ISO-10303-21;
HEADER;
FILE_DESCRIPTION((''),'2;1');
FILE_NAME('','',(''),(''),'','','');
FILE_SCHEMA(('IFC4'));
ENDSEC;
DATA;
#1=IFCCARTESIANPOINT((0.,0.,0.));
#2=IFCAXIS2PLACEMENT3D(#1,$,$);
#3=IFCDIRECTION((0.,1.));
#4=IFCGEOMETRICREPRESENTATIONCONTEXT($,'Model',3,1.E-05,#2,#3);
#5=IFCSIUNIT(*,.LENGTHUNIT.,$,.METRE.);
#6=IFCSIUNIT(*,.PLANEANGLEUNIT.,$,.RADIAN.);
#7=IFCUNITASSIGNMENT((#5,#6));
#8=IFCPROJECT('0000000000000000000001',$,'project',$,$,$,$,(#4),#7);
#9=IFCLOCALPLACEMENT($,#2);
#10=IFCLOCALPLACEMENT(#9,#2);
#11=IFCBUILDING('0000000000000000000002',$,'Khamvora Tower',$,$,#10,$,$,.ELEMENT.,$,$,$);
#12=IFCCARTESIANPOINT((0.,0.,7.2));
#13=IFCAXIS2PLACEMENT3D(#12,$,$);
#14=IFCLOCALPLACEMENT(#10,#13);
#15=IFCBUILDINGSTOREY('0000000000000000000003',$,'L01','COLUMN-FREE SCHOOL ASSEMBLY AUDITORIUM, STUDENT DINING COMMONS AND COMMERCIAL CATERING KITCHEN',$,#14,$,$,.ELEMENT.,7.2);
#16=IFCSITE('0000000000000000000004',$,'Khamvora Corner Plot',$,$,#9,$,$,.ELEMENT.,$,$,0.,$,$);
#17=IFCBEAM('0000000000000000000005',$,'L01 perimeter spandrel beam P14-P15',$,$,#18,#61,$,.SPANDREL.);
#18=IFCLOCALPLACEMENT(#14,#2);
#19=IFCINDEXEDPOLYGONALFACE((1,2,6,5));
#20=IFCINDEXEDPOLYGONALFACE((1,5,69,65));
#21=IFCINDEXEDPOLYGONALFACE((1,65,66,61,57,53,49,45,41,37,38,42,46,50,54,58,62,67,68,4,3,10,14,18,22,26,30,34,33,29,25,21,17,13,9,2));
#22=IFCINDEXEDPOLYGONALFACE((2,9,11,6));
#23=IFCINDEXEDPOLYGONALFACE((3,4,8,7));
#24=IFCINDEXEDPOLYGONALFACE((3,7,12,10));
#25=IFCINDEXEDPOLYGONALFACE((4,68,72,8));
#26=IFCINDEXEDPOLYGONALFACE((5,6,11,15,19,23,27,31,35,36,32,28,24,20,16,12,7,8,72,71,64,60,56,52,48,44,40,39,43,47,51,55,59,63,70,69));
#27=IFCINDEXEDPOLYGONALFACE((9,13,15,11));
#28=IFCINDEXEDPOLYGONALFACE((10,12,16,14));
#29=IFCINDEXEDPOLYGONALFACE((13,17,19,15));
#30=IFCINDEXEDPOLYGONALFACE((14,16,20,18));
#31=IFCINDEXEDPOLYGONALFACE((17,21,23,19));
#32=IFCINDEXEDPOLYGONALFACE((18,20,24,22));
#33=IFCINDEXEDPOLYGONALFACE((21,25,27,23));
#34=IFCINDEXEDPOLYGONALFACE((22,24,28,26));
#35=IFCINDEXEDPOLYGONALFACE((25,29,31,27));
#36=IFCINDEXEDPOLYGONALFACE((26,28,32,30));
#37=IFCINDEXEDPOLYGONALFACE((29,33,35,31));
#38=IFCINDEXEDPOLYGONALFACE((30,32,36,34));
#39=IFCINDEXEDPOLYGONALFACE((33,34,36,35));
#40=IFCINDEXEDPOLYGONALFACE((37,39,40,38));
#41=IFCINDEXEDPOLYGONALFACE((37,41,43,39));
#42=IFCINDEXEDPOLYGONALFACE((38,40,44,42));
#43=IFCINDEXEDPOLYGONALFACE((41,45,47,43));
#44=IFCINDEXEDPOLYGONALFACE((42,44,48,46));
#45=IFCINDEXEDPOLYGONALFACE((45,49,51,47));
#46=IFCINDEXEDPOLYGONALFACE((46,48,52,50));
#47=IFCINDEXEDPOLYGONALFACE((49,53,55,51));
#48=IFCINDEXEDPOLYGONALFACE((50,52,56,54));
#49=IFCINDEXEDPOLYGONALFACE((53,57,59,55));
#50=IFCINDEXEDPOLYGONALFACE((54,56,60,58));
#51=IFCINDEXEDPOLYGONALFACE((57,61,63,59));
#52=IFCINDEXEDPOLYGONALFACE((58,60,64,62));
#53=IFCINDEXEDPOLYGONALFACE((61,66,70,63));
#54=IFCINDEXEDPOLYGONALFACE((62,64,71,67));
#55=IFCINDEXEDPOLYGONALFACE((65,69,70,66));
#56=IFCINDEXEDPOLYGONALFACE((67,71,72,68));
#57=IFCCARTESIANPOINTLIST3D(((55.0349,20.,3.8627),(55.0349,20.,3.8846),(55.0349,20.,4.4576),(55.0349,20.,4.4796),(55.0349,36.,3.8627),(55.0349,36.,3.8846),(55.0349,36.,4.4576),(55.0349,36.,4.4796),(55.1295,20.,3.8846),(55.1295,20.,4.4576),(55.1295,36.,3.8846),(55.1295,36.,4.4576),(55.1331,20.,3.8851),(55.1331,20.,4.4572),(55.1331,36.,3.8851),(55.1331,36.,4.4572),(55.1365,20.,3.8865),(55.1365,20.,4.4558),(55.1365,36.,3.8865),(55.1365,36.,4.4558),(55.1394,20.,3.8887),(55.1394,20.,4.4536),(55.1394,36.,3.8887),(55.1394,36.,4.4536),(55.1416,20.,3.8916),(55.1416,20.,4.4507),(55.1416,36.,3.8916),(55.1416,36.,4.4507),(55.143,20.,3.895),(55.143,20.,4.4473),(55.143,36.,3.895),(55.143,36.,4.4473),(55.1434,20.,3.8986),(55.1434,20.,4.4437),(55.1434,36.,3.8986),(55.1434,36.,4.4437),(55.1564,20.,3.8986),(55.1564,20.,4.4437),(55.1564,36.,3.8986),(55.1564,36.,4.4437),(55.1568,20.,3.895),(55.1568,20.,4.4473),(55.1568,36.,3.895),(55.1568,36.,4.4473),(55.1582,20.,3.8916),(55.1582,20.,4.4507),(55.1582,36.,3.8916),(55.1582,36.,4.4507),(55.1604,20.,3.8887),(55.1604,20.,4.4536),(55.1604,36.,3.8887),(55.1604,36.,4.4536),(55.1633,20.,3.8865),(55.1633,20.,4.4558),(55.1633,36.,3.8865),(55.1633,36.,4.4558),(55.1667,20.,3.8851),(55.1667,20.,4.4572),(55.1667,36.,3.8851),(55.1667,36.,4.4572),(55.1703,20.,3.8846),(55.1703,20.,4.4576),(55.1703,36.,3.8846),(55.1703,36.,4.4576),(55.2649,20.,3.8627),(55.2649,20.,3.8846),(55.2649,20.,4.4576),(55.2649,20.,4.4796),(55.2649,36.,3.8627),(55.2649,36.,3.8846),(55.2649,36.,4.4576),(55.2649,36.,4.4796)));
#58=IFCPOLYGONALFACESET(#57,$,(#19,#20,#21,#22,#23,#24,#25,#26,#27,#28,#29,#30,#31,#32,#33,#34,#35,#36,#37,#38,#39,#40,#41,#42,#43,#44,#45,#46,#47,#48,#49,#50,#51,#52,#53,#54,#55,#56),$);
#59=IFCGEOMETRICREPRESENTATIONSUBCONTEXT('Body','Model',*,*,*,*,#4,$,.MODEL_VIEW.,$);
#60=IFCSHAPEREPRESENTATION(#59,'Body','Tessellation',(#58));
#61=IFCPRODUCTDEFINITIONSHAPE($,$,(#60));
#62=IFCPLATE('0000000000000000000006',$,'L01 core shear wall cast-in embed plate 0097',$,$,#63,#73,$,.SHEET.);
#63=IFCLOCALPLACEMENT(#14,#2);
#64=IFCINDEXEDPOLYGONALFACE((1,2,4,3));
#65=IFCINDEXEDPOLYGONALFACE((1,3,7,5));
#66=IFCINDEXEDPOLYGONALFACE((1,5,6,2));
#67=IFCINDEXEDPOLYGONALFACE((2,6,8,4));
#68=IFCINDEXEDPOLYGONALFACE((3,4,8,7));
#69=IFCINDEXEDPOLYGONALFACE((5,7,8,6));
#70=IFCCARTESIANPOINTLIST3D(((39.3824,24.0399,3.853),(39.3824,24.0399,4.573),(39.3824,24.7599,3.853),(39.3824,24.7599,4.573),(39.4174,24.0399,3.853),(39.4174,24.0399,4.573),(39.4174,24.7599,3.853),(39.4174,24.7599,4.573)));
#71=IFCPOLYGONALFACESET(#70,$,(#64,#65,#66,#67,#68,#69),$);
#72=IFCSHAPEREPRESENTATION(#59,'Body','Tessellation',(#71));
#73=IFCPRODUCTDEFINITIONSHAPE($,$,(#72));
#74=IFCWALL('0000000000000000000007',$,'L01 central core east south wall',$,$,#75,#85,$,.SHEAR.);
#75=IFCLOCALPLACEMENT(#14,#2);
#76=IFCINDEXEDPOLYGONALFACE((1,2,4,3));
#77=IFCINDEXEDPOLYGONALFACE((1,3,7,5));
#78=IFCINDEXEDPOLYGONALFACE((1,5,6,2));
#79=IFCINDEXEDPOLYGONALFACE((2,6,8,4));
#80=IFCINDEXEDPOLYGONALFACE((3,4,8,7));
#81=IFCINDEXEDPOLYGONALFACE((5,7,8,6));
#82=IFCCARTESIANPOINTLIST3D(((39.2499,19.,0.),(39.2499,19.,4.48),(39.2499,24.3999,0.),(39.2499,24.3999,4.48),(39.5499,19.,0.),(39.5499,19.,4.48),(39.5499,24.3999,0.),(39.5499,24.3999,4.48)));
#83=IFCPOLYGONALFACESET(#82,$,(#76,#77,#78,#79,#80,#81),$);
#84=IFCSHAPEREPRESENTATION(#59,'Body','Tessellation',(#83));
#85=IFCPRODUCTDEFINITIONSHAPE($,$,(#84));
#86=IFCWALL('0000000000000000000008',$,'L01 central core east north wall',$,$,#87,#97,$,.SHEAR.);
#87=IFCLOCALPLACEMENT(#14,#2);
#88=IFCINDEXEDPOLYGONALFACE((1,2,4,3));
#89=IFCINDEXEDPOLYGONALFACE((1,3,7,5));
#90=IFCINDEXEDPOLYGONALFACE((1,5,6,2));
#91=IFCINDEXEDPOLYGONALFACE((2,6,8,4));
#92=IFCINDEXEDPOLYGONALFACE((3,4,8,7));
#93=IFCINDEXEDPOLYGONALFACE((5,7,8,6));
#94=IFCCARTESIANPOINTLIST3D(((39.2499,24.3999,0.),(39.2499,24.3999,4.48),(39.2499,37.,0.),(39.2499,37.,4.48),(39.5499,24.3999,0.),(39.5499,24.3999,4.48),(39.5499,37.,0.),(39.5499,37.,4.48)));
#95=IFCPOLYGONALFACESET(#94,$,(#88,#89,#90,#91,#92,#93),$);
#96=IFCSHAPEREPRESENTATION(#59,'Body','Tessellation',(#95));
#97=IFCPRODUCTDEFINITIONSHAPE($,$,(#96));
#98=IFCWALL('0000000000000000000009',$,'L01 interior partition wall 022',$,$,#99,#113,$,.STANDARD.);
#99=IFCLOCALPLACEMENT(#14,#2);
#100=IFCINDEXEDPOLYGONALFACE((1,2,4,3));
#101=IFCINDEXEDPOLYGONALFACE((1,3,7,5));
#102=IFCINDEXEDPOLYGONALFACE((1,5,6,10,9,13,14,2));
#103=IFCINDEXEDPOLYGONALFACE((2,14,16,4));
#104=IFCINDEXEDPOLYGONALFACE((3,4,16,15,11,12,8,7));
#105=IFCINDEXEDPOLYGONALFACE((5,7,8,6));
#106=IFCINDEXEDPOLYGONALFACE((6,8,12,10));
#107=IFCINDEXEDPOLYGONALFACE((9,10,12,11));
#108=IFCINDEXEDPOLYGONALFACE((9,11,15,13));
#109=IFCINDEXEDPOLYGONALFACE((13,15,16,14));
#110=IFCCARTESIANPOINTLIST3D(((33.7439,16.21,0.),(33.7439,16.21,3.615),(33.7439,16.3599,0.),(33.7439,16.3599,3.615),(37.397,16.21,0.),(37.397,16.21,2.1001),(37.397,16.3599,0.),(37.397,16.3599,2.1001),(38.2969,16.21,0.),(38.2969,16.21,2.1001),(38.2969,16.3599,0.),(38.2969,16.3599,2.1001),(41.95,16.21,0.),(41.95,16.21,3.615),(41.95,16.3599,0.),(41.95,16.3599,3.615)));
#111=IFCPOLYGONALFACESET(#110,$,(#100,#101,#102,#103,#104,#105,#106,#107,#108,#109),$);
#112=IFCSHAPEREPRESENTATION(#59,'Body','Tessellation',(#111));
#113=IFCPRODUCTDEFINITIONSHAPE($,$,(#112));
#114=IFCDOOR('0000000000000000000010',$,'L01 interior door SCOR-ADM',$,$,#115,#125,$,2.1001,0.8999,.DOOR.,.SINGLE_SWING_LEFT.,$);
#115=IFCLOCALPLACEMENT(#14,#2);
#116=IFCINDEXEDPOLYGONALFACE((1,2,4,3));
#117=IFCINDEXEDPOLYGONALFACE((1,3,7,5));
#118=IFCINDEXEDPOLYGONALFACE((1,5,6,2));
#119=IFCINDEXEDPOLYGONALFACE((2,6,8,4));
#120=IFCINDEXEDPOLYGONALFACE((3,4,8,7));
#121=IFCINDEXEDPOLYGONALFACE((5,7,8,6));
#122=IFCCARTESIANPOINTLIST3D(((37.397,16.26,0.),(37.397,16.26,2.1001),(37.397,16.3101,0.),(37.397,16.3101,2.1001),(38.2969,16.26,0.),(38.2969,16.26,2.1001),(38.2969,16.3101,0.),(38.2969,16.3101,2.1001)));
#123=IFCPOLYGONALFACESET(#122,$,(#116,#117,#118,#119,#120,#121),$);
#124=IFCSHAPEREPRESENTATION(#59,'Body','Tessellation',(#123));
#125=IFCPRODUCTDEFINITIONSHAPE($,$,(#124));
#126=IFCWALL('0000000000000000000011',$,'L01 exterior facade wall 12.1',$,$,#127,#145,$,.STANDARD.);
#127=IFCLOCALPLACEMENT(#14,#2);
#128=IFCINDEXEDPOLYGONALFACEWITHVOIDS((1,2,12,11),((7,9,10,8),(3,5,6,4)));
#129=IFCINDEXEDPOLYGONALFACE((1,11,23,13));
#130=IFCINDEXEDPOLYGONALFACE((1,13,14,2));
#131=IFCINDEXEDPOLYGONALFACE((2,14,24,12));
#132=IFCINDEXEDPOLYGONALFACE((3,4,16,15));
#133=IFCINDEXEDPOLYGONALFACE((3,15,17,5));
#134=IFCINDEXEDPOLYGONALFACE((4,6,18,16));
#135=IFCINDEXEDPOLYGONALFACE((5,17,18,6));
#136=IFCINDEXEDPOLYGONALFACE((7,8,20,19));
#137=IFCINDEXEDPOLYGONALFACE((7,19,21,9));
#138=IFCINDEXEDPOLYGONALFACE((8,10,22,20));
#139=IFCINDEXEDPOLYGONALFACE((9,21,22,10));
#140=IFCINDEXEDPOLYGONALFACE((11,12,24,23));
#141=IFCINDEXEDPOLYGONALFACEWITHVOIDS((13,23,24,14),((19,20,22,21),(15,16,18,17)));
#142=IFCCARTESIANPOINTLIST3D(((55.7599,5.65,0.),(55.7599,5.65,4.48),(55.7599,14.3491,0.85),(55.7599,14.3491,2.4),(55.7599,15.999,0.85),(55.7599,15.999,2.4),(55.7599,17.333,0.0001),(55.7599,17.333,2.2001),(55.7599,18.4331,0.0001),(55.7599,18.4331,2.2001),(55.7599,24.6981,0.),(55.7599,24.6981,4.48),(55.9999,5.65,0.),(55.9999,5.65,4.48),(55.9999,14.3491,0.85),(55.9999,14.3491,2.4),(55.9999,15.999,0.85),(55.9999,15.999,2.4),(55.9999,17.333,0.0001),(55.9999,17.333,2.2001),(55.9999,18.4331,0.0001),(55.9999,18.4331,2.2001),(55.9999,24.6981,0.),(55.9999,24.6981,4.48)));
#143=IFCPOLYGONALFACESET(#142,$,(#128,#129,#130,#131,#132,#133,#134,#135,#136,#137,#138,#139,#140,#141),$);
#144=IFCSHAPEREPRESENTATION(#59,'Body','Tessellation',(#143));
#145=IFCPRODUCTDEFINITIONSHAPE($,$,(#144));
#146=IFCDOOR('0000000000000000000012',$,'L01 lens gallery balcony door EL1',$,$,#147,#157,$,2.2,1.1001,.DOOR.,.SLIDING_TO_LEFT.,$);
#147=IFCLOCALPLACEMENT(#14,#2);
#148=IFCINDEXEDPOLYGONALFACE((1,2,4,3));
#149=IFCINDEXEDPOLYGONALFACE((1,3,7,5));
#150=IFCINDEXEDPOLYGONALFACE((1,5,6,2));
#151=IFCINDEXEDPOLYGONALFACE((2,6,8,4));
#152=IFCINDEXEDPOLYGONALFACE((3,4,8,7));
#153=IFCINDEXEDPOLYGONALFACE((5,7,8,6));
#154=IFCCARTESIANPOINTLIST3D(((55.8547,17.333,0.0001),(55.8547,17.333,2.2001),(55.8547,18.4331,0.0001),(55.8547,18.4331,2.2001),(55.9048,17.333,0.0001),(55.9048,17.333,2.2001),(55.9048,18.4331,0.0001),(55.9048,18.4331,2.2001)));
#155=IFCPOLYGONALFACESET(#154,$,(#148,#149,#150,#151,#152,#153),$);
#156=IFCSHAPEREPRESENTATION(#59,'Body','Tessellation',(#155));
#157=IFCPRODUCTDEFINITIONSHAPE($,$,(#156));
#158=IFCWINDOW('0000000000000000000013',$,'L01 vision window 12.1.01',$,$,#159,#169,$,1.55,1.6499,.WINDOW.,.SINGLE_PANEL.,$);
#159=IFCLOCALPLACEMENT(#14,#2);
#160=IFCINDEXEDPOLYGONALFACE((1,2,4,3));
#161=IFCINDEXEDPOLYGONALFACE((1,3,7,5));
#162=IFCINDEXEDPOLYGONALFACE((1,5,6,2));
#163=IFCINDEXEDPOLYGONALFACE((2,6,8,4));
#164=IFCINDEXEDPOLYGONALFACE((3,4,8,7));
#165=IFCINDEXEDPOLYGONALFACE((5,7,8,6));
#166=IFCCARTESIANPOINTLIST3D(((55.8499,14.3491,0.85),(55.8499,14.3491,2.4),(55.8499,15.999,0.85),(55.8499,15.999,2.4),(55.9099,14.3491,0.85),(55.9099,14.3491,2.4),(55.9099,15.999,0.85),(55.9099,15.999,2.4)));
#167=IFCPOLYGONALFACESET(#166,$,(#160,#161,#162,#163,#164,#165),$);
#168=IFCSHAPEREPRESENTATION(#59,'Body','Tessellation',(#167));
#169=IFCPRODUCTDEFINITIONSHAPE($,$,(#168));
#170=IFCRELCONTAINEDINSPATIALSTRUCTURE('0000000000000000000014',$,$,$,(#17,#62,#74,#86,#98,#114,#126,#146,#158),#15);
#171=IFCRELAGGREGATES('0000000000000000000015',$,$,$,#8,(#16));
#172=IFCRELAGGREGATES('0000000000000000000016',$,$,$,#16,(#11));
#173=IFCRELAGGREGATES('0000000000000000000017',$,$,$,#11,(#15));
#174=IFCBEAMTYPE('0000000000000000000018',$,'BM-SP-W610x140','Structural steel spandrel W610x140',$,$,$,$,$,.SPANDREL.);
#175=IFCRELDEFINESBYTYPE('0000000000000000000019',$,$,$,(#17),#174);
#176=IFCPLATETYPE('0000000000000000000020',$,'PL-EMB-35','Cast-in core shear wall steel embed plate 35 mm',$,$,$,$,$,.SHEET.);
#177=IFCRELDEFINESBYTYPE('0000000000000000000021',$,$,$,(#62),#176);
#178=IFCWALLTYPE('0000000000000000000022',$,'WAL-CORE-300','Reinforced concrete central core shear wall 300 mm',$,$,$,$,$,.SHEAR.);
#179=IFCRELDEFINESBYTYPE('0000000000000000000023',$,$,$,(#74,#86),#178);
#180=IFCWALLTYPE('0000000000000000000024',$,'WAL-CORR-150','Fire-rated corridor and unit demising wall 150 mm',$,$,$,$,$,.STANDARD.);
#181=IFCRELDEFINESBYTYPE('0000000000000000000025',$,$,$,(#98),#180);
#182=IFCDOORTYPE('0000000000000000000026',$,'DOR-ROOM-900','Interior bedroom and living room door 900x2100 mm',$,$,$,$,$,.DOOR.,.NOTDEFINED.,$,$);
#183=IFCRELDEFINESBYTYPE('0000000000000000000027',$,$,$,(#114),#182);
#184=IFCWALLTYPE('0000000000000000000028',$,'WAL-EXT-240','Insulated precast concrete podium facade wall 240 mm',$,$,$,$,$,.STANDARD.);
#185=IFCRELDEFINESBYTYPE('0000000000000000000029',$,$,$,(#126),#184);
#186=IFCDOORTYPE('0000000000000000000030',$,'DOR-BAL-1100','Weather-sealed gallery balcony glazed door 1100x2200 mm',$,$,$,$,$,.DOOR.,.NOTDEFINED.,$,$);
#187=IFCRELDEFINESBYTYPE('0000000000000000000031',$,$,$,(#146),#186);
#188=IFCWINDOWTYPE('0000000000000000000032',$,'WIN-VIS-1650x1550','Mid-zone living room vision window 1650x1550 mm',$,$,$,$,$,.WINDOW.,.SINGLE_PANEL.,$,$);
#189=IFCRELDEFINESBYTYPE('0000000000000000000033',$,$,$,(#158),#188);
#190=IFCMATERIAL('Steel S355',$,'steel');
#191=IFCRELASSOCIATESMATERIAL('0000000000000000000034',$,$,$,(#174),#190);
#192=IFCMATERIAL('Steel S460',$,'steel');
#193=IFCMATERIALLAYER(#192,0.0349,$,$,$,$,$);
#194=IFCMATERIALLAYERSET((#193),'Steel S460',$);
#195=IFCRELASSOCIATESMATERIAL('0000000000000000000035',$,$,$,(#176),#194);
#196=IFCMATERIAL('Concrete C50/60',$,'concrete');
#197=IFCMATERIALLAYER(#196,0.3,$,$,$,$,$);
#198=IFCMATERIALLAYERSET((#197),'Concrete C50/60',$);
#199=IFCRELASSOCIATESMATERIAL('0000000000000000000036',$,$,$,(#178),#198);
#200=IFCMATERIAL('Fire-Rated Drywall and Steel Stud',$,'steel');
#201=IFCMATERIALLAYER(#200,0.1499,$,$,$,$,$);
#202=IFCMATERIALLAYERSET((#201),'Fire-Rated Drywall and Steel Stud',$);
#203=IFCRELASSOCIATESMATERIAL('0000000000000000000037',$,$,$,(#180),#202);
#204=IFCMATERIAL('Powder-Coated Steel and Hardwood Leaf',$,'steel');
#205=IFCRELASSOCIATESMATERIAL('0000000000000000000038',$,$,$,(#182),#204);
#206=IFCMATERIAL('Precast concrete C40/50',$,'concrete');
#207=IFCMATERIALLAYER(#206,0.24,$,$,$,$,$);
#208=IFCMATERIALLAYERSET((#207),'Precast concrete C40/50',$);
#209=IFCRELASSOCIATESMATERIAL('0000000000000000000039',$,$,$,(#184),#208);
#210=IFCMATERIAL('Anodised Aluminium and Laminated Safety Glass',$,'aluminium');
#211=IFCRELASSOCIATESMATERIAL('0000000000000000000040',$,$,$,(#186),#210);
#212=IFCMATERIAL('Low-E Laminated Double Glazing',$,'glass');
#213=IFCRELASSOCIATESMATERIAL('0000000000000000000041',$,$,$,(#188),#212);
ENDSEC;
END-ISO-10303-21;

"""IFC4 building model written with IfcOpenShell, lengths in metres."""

from ifc_helpers import new_model, si_unit, direction, frame, frame_2d, origin, origin_2d, place, context, subcontext, project, spatial, rectangle, i_section, extrude, material, layer, layer_set, material_profile, profile_set, type_object, element, fill, save


model = new_model("IFC4")

# Units and contexts
model_context = context("Model", 3, precision=1e-05, world=origin(), true_north=direction((0.0, 1.0)))
body_context = subcontext(model_context, "Body", "Model", "MODEL_VIEW")
ifc_project = project(units=[si_unit("LENGTHUNIT", "METRE"), si_unit("PLANEANGLEUNIT", "RADIAN")], contexts=[model_context])

# Site, building, storey
site_placement = place(None, origin())
site = spatial("IfcSite", under=ifc_project, at=site_placement, Name="Khamvora Corner Plot", CompositionType="ELEMENT", RefElevation=0.0)
building_placement = place(site_placement, origin())
building = spatial("IfcBuilding", under=site, at=building_placement, Name="Khamvora Tower", CompositionType="ELEMENT")
storey_placement = place(building_placement, frame((0.0, 0.0, 7.2)))
storey = spatial("IfcBuildingStorey", under=building, at=storey_placement, Name="L01", Description="COLUMN-FREE SCHOOL ASSEMBLY AUDITORIUM, STUDENT DINING COMMONS AND COMMERCIAL CATERING KITCHEN", CompositionType="ELEMENT", Elevation=7.2)

# Shared definitions
ifc_material_1 = material(Name="Steel S460", Category="steel")

# Beam
ifc_material_2 = material(Name="Steel S355", Category="steel")
ifc_material_profile_1 = material_profile(ifc_material_2, i_section(OverallWidth=0.23, OverallDepth=0.6169, WebThickness=0.0129, FlangeThickness=0.022, FilletRadius=0.0139, at=origin_2d()), Name="W610x140")
ifc_profile_set_1 = profile_set([ifc_material_profile_1], Name="Steel S355")
beam_type_1 = type_object("IfcBeamType", Name="BM-SP-W610x140", Description="Structural steel spandrel W610x140", PredefinedType="SPANDREL", material=ifc_profile_set_1)
beam_1_placement = place(storey_placement, frame((55.1499, 20.0, 4.1711), z_axis=(0.0, 1.0, 0.0), x_axis=(-1.0, 0.0, 0.0)))
element("IfcBeam", 1, at=beam_1_placement, inside=storey, type_object=beam_type_1, Name="L01 perimeter spandrel beam P14-P15", PredefinedType="SPANDREL", context=body_context, shape_type="SweptSolid", body=[
    extrude(i_section(OverallWidth=0.23, OverallDepth=0.6169, WebThickness=0.0129, FlangeThickness=0.022, FilletRadius=0.0139, at=origin_2d()), origin(), (0.0, 0.0, 1.0), 16.0),
])

# Plate
ifc_layer_1 = layer(ifc_material_1, 0.0349)
ifc_layer_set_1 = layer_set([ifc_layer_1], Name="Steel S460")
plate_type = type_object("IfcPlateType", Name="PL-EMB-35", Description="Cast-in core shear wall steel embed plate 35 mm", PredefinedType="SHEET", material=ifc_layer_set_1)
plate_placement = place(storey_placement, frame((39.3999, 24.3999, 3.853), z_axis=(0.0, 0.0, 1.0), x_axis=(1.0, 0.0, 0.0)))
element("IfcPlate", 2, at=plate_placement, inside=storey, type_object=plate_type, Name="L01 core shear wall cast-in embed plate 0097", PredefinedType="SHEET", context=body_context, shape_type="SweptSolid", body=[
    extrude(rectangle(XDim=0.0349, YDim=0.72, at=origin_2d()), origin(), (0.0, 0.0, 1.0), 0.72),
])

# Walls
ifc_material_3 = material(Name="Concrete C50/60", Category="concrete")
ifc_layer_2 = layer(ifc_material_3, 0.3)
ifc_layer_set_2 = layer_set([ifc_layer_2], Name="Concrete C50/60")
wall_type_1 = type_object("IfcWallType", Name="WAL-CORE-300", Description="Reinforced concrete central core shear wall 300 mm", PredefinedType="SHEAR", material=ifc_layer_set_2)
wall_1_placement = place(storey_placement, frame((39.3999, 19.0, 0.0), z_axis=(0.0, 0.0, 1.0), x_axis=(0.0, 1.0, 0.0)))
element("IfcWall", 3, at=wall_1_placement, inside=storey, type_object=wall_type_1, Name="L01 central core east south wall", PredefinedType="SHEAR", context=body_context, shape_type="SweptSolid", body=[
    extrude(rectangle(XDim=5.3999, YDim=0.3, at=frame_2d((2.7, 0.0))), origin(), (0.0, 0.0, 1.0), 4.48),
])
wall_2_placement = place(storey_placement, frame((39.3999, 24.3999, 0.0), z_axis=(0.0, 0.0, 1.0), x_axis=(0.0, 1.0, 0.0)))
element("IfcWall", 4, at=wall_2_placement, inside=storey, type_object=wall_type_1, Name="L01 central core east north wall", PredefinedType="SHEAR", context=body_context, shape_type="SweptSolid", body=[
    extrude(rectangle(XDim=12.6001, YDim=0.3, at=frame_2d((6.3, 0.0))), origin(), (0.0, 0.0, 1.0), 4.48),
])

# Wall, opening, door
ifc_material_4 = material(Name="Fire-Rated Drywall and Steel Stud", Category="steel")
ifc_layer_3 = layer(ifc_material_4, 0.1499)
ifc_layer_set_3 = layer_set([ifc_layer_3], Name="Fire-Rated Drywall and Steel Stud")
wall_type_2 = type_object("IfcWallType", Name="WAL-CORR-150", Description="Fire-rated corridor and unit demising wall 150 mm", PredefinedType="STANDARD", material=ifc_layer_set_3)
wall_3_placement = place(storey_placement, frame((41.95, 16.2849, 0.0), z_axis=(0.0, 0.0, 1.0), x_axis=(-1.0, 0.0, 0.0)))
wall_3 = element("IfcWall", 5, at=wall_3_placement, inside=storey, type_object=wall_type_2, Name="L01 interior partition wall 022", PredefinedType="STANDARD", context=body_context, shape_type="SweptSolid", body=[
    extrude(rectangle(XDim=8.2061, YDim=0.1499, at=frame_2d((4.103, 0.0))), origin(), (0.0, 0.0, 1.0), 3.615),
])
opening_1_placement = place(wall_3_placement, frame((3.6531, 0.0, 0.0)))
opening_1 = element("IfcOpeningElement", 6, at=opening_1_placement, cuts=wall_3, PredefinedType="OPENING", context=body_context, shape_type="SweptSolid", body=[
    extrude(rectangle(XDim=0.8999, YDim=2.1001, at=frame_2d((0.45, 1.05))), frame((0.0, 0.085, 0.0), z_axis=(0.0, -1.0, 0.0), x_axis=(1.0, 0.0, 0.0)), (0.0, 0.0, 1.0), 0.1699),
])
ifc_material_5 = material(Name="Powder-Coated Steel and Hardwood Leaf", Category="steel")
door_type_1 = type_object("IfcDoorType", Name="DOR-ROOM-900", Description="Interior bedroom and living room door 900x2100 mm", OperationType="NOTDEFINED", PredefinedType="DOOR", material=ifc_material_5)
door_1_placement = place(opening_1_placement, origin())
door_1 = element("IfcDoor", 7, at=door_1_placement, inside=storey, type_object=door_type_1, Name="L01 interior door SCOR-ADM", OperationType="SINGLE_SWING_LEFT", OverallHeight=2.1001, OverallWidth=0.8999, PredefinedType="DOOR", context=body_context, shape_type="SweptSolid", body=[
    extrude(rectangle(XDim=0.8999, YDim=2.1001, at=frame_2d((0.45, 1.05))), frame((0.0, 0.0249, 0.0), z_axis=(0.0, -1.0, 0.0), x_axis=(1.0, 0.0, 0.0)), (0.0, 0.0, 1.0), 0.05),
])
fill(opening_1, door_1)

# Wall, openings, door, window
ifc_material_6 = material(Name="Precast concrete C40/50", Category="concrete")
ifc_layer_4 = layer(ifc_material_6, 0.24)
ifc_layer_set_4 = layer_set([ifc_layer_4], Name="Precast concrete C40/50")
wall_type_3 = type_object("IfcWallType", Name="WAL-EXT-240", Description="Insulated precast concrete podium facade wall 240 mm", PredefinedType="STANDARD", material=ifc_layer_set_4)
wall_4_placement = place(storey_placement, frame((55.8799, 24.698, 0.0), z_axis=(0.0, 0.0, 1.0), x_axis=(0.0, -1.0, 0.0)))
wall_4 = element("IfcWall", 8, at=wall_4_placement, inside=storey, type_object=wall_type_3, Name="L01 exterior facade wall 12.1", PredefinedType="STANDARD", context=body_context, shape_type="SweptSolid", body=[
    extrude(rectangle(XDim=19.0481, YDim=0.24, at=frame_2d((9.5239, 0.0))), origin(), (0.0, 0.0, 1.0), 4.48),
])
opening_2_placement = place(wall_4_placement, frame((6.2649, 0.0, 0.0)))
opening_2 = element("IfcOpeningElement", 9, at=opening_2_placement, cuts=wall_4, PredefinedType="OPENING", context=body_context, shape_type="SweptSolid", body=[
    extrude(rectangle(XDim=1.1001, YDim=2.2, at=frame_2d((0.55, 1.1001))), frame((0.0, 0.1299, 0.0), z_axis=(0.0, -1.0, 0.0), x_axis=(1.0, 0.0, 0.0)), (0.0, 0.0, 1.0), 0.26),
])
opening_3_placement = place(wall_4_placement, frame((8.699, 0.0, 0.8501)))
opening_3 = element("IfcOpeningElement", 10, at=opening_3_placement, cuts=wall_4, PredefinedType="OPENING", context=body_context, shape_type="SweptSolid", body=[
    extrude(rectangle(XDim=1.6499, YDim=1.55, at=frame_2d((0.825, 0.7749))), frame((0.0, 0.1299, 0.0), z_axis=(0.0, -1.0, 0.0), x_axis=(1.0, 0.0, 0.0)), (0.0, 0.0, 1.0), 0.26),
])
ifc_material_7 = material(Name="Anodised Aluminium and Laminated Safety Glass", Category="aluminium")
door_type_2 = type_object("IfcDoorType", Name="DOR-BAL-1100", Description="Weather-sealed gallery balcony glazed door 1100x2200 mm", OperationType="NOTDEFINED", PredefinedType="DOOR", material=ifc_material_7)
door_2_placement = place(opening_2_placement, origin())
door_2 = element("IfcDoor", 11, at=door_2_placement, inside=storey, type_object=door_type_2, Name="L01 lens gallery balcony door EL1", OperationType="SLIDING_TO_LEFT", OverallHeight=2.2, OverallWidth=1.1001, PredefinedType="DOOR", context=body_context, shape_type="SweptSolid", body=[
    extrude(rectangle(XDim=1.1001, YDim=2.2, at=frame_2d((0.55, 1.1001))), frame((0.0, 0.0249, 0.0), z_axis=(0.0, -1.0, 0.0), x_axis=(1.0, 0.0, 0.0)), (0.0, 0.0, 1.0), 0.05),
])
fill(opening_2, door_2)
ifc_material_8 = material(Name="Low-E Laminated Double Glazing", Category="glass")
window_type = type_object("IfcWindowType", Name="WIN-VIS-1650x1550", Description="Mid-zone living room vision window 1650x1550 mm", PartitioningType="SINGLE_PANEL", PredefinedType="WINDOW", material=ifc_material_8)
window_placement = place(opening_3_placement, origin())
window = element("IfcWindow", 12, at=window_placement, inside=storey, type_object=window_type, Name="L01 vision window 12.1.01", OverallHeight=1.55, OverallWidth=1.6499, PartitioningType="SINGLE_PANEL", PredefinedType="WINDOW", context=body_context, shape_type="SweptSolid", body=[
    extrude(rectangle(XDim=1.6499, YDim=1.55, at=frame_2d((0.825, 0.7749))), frame((0.0, 0.03, 0.0), z_axis=(0.0, -1.0, 0.0), x_axis=(1.0, 0.0, 0.0)), (0.0, 0.0, 1.0), 0.0601),
])
fill(opening_3, window)

save(model, "model.ifc")
